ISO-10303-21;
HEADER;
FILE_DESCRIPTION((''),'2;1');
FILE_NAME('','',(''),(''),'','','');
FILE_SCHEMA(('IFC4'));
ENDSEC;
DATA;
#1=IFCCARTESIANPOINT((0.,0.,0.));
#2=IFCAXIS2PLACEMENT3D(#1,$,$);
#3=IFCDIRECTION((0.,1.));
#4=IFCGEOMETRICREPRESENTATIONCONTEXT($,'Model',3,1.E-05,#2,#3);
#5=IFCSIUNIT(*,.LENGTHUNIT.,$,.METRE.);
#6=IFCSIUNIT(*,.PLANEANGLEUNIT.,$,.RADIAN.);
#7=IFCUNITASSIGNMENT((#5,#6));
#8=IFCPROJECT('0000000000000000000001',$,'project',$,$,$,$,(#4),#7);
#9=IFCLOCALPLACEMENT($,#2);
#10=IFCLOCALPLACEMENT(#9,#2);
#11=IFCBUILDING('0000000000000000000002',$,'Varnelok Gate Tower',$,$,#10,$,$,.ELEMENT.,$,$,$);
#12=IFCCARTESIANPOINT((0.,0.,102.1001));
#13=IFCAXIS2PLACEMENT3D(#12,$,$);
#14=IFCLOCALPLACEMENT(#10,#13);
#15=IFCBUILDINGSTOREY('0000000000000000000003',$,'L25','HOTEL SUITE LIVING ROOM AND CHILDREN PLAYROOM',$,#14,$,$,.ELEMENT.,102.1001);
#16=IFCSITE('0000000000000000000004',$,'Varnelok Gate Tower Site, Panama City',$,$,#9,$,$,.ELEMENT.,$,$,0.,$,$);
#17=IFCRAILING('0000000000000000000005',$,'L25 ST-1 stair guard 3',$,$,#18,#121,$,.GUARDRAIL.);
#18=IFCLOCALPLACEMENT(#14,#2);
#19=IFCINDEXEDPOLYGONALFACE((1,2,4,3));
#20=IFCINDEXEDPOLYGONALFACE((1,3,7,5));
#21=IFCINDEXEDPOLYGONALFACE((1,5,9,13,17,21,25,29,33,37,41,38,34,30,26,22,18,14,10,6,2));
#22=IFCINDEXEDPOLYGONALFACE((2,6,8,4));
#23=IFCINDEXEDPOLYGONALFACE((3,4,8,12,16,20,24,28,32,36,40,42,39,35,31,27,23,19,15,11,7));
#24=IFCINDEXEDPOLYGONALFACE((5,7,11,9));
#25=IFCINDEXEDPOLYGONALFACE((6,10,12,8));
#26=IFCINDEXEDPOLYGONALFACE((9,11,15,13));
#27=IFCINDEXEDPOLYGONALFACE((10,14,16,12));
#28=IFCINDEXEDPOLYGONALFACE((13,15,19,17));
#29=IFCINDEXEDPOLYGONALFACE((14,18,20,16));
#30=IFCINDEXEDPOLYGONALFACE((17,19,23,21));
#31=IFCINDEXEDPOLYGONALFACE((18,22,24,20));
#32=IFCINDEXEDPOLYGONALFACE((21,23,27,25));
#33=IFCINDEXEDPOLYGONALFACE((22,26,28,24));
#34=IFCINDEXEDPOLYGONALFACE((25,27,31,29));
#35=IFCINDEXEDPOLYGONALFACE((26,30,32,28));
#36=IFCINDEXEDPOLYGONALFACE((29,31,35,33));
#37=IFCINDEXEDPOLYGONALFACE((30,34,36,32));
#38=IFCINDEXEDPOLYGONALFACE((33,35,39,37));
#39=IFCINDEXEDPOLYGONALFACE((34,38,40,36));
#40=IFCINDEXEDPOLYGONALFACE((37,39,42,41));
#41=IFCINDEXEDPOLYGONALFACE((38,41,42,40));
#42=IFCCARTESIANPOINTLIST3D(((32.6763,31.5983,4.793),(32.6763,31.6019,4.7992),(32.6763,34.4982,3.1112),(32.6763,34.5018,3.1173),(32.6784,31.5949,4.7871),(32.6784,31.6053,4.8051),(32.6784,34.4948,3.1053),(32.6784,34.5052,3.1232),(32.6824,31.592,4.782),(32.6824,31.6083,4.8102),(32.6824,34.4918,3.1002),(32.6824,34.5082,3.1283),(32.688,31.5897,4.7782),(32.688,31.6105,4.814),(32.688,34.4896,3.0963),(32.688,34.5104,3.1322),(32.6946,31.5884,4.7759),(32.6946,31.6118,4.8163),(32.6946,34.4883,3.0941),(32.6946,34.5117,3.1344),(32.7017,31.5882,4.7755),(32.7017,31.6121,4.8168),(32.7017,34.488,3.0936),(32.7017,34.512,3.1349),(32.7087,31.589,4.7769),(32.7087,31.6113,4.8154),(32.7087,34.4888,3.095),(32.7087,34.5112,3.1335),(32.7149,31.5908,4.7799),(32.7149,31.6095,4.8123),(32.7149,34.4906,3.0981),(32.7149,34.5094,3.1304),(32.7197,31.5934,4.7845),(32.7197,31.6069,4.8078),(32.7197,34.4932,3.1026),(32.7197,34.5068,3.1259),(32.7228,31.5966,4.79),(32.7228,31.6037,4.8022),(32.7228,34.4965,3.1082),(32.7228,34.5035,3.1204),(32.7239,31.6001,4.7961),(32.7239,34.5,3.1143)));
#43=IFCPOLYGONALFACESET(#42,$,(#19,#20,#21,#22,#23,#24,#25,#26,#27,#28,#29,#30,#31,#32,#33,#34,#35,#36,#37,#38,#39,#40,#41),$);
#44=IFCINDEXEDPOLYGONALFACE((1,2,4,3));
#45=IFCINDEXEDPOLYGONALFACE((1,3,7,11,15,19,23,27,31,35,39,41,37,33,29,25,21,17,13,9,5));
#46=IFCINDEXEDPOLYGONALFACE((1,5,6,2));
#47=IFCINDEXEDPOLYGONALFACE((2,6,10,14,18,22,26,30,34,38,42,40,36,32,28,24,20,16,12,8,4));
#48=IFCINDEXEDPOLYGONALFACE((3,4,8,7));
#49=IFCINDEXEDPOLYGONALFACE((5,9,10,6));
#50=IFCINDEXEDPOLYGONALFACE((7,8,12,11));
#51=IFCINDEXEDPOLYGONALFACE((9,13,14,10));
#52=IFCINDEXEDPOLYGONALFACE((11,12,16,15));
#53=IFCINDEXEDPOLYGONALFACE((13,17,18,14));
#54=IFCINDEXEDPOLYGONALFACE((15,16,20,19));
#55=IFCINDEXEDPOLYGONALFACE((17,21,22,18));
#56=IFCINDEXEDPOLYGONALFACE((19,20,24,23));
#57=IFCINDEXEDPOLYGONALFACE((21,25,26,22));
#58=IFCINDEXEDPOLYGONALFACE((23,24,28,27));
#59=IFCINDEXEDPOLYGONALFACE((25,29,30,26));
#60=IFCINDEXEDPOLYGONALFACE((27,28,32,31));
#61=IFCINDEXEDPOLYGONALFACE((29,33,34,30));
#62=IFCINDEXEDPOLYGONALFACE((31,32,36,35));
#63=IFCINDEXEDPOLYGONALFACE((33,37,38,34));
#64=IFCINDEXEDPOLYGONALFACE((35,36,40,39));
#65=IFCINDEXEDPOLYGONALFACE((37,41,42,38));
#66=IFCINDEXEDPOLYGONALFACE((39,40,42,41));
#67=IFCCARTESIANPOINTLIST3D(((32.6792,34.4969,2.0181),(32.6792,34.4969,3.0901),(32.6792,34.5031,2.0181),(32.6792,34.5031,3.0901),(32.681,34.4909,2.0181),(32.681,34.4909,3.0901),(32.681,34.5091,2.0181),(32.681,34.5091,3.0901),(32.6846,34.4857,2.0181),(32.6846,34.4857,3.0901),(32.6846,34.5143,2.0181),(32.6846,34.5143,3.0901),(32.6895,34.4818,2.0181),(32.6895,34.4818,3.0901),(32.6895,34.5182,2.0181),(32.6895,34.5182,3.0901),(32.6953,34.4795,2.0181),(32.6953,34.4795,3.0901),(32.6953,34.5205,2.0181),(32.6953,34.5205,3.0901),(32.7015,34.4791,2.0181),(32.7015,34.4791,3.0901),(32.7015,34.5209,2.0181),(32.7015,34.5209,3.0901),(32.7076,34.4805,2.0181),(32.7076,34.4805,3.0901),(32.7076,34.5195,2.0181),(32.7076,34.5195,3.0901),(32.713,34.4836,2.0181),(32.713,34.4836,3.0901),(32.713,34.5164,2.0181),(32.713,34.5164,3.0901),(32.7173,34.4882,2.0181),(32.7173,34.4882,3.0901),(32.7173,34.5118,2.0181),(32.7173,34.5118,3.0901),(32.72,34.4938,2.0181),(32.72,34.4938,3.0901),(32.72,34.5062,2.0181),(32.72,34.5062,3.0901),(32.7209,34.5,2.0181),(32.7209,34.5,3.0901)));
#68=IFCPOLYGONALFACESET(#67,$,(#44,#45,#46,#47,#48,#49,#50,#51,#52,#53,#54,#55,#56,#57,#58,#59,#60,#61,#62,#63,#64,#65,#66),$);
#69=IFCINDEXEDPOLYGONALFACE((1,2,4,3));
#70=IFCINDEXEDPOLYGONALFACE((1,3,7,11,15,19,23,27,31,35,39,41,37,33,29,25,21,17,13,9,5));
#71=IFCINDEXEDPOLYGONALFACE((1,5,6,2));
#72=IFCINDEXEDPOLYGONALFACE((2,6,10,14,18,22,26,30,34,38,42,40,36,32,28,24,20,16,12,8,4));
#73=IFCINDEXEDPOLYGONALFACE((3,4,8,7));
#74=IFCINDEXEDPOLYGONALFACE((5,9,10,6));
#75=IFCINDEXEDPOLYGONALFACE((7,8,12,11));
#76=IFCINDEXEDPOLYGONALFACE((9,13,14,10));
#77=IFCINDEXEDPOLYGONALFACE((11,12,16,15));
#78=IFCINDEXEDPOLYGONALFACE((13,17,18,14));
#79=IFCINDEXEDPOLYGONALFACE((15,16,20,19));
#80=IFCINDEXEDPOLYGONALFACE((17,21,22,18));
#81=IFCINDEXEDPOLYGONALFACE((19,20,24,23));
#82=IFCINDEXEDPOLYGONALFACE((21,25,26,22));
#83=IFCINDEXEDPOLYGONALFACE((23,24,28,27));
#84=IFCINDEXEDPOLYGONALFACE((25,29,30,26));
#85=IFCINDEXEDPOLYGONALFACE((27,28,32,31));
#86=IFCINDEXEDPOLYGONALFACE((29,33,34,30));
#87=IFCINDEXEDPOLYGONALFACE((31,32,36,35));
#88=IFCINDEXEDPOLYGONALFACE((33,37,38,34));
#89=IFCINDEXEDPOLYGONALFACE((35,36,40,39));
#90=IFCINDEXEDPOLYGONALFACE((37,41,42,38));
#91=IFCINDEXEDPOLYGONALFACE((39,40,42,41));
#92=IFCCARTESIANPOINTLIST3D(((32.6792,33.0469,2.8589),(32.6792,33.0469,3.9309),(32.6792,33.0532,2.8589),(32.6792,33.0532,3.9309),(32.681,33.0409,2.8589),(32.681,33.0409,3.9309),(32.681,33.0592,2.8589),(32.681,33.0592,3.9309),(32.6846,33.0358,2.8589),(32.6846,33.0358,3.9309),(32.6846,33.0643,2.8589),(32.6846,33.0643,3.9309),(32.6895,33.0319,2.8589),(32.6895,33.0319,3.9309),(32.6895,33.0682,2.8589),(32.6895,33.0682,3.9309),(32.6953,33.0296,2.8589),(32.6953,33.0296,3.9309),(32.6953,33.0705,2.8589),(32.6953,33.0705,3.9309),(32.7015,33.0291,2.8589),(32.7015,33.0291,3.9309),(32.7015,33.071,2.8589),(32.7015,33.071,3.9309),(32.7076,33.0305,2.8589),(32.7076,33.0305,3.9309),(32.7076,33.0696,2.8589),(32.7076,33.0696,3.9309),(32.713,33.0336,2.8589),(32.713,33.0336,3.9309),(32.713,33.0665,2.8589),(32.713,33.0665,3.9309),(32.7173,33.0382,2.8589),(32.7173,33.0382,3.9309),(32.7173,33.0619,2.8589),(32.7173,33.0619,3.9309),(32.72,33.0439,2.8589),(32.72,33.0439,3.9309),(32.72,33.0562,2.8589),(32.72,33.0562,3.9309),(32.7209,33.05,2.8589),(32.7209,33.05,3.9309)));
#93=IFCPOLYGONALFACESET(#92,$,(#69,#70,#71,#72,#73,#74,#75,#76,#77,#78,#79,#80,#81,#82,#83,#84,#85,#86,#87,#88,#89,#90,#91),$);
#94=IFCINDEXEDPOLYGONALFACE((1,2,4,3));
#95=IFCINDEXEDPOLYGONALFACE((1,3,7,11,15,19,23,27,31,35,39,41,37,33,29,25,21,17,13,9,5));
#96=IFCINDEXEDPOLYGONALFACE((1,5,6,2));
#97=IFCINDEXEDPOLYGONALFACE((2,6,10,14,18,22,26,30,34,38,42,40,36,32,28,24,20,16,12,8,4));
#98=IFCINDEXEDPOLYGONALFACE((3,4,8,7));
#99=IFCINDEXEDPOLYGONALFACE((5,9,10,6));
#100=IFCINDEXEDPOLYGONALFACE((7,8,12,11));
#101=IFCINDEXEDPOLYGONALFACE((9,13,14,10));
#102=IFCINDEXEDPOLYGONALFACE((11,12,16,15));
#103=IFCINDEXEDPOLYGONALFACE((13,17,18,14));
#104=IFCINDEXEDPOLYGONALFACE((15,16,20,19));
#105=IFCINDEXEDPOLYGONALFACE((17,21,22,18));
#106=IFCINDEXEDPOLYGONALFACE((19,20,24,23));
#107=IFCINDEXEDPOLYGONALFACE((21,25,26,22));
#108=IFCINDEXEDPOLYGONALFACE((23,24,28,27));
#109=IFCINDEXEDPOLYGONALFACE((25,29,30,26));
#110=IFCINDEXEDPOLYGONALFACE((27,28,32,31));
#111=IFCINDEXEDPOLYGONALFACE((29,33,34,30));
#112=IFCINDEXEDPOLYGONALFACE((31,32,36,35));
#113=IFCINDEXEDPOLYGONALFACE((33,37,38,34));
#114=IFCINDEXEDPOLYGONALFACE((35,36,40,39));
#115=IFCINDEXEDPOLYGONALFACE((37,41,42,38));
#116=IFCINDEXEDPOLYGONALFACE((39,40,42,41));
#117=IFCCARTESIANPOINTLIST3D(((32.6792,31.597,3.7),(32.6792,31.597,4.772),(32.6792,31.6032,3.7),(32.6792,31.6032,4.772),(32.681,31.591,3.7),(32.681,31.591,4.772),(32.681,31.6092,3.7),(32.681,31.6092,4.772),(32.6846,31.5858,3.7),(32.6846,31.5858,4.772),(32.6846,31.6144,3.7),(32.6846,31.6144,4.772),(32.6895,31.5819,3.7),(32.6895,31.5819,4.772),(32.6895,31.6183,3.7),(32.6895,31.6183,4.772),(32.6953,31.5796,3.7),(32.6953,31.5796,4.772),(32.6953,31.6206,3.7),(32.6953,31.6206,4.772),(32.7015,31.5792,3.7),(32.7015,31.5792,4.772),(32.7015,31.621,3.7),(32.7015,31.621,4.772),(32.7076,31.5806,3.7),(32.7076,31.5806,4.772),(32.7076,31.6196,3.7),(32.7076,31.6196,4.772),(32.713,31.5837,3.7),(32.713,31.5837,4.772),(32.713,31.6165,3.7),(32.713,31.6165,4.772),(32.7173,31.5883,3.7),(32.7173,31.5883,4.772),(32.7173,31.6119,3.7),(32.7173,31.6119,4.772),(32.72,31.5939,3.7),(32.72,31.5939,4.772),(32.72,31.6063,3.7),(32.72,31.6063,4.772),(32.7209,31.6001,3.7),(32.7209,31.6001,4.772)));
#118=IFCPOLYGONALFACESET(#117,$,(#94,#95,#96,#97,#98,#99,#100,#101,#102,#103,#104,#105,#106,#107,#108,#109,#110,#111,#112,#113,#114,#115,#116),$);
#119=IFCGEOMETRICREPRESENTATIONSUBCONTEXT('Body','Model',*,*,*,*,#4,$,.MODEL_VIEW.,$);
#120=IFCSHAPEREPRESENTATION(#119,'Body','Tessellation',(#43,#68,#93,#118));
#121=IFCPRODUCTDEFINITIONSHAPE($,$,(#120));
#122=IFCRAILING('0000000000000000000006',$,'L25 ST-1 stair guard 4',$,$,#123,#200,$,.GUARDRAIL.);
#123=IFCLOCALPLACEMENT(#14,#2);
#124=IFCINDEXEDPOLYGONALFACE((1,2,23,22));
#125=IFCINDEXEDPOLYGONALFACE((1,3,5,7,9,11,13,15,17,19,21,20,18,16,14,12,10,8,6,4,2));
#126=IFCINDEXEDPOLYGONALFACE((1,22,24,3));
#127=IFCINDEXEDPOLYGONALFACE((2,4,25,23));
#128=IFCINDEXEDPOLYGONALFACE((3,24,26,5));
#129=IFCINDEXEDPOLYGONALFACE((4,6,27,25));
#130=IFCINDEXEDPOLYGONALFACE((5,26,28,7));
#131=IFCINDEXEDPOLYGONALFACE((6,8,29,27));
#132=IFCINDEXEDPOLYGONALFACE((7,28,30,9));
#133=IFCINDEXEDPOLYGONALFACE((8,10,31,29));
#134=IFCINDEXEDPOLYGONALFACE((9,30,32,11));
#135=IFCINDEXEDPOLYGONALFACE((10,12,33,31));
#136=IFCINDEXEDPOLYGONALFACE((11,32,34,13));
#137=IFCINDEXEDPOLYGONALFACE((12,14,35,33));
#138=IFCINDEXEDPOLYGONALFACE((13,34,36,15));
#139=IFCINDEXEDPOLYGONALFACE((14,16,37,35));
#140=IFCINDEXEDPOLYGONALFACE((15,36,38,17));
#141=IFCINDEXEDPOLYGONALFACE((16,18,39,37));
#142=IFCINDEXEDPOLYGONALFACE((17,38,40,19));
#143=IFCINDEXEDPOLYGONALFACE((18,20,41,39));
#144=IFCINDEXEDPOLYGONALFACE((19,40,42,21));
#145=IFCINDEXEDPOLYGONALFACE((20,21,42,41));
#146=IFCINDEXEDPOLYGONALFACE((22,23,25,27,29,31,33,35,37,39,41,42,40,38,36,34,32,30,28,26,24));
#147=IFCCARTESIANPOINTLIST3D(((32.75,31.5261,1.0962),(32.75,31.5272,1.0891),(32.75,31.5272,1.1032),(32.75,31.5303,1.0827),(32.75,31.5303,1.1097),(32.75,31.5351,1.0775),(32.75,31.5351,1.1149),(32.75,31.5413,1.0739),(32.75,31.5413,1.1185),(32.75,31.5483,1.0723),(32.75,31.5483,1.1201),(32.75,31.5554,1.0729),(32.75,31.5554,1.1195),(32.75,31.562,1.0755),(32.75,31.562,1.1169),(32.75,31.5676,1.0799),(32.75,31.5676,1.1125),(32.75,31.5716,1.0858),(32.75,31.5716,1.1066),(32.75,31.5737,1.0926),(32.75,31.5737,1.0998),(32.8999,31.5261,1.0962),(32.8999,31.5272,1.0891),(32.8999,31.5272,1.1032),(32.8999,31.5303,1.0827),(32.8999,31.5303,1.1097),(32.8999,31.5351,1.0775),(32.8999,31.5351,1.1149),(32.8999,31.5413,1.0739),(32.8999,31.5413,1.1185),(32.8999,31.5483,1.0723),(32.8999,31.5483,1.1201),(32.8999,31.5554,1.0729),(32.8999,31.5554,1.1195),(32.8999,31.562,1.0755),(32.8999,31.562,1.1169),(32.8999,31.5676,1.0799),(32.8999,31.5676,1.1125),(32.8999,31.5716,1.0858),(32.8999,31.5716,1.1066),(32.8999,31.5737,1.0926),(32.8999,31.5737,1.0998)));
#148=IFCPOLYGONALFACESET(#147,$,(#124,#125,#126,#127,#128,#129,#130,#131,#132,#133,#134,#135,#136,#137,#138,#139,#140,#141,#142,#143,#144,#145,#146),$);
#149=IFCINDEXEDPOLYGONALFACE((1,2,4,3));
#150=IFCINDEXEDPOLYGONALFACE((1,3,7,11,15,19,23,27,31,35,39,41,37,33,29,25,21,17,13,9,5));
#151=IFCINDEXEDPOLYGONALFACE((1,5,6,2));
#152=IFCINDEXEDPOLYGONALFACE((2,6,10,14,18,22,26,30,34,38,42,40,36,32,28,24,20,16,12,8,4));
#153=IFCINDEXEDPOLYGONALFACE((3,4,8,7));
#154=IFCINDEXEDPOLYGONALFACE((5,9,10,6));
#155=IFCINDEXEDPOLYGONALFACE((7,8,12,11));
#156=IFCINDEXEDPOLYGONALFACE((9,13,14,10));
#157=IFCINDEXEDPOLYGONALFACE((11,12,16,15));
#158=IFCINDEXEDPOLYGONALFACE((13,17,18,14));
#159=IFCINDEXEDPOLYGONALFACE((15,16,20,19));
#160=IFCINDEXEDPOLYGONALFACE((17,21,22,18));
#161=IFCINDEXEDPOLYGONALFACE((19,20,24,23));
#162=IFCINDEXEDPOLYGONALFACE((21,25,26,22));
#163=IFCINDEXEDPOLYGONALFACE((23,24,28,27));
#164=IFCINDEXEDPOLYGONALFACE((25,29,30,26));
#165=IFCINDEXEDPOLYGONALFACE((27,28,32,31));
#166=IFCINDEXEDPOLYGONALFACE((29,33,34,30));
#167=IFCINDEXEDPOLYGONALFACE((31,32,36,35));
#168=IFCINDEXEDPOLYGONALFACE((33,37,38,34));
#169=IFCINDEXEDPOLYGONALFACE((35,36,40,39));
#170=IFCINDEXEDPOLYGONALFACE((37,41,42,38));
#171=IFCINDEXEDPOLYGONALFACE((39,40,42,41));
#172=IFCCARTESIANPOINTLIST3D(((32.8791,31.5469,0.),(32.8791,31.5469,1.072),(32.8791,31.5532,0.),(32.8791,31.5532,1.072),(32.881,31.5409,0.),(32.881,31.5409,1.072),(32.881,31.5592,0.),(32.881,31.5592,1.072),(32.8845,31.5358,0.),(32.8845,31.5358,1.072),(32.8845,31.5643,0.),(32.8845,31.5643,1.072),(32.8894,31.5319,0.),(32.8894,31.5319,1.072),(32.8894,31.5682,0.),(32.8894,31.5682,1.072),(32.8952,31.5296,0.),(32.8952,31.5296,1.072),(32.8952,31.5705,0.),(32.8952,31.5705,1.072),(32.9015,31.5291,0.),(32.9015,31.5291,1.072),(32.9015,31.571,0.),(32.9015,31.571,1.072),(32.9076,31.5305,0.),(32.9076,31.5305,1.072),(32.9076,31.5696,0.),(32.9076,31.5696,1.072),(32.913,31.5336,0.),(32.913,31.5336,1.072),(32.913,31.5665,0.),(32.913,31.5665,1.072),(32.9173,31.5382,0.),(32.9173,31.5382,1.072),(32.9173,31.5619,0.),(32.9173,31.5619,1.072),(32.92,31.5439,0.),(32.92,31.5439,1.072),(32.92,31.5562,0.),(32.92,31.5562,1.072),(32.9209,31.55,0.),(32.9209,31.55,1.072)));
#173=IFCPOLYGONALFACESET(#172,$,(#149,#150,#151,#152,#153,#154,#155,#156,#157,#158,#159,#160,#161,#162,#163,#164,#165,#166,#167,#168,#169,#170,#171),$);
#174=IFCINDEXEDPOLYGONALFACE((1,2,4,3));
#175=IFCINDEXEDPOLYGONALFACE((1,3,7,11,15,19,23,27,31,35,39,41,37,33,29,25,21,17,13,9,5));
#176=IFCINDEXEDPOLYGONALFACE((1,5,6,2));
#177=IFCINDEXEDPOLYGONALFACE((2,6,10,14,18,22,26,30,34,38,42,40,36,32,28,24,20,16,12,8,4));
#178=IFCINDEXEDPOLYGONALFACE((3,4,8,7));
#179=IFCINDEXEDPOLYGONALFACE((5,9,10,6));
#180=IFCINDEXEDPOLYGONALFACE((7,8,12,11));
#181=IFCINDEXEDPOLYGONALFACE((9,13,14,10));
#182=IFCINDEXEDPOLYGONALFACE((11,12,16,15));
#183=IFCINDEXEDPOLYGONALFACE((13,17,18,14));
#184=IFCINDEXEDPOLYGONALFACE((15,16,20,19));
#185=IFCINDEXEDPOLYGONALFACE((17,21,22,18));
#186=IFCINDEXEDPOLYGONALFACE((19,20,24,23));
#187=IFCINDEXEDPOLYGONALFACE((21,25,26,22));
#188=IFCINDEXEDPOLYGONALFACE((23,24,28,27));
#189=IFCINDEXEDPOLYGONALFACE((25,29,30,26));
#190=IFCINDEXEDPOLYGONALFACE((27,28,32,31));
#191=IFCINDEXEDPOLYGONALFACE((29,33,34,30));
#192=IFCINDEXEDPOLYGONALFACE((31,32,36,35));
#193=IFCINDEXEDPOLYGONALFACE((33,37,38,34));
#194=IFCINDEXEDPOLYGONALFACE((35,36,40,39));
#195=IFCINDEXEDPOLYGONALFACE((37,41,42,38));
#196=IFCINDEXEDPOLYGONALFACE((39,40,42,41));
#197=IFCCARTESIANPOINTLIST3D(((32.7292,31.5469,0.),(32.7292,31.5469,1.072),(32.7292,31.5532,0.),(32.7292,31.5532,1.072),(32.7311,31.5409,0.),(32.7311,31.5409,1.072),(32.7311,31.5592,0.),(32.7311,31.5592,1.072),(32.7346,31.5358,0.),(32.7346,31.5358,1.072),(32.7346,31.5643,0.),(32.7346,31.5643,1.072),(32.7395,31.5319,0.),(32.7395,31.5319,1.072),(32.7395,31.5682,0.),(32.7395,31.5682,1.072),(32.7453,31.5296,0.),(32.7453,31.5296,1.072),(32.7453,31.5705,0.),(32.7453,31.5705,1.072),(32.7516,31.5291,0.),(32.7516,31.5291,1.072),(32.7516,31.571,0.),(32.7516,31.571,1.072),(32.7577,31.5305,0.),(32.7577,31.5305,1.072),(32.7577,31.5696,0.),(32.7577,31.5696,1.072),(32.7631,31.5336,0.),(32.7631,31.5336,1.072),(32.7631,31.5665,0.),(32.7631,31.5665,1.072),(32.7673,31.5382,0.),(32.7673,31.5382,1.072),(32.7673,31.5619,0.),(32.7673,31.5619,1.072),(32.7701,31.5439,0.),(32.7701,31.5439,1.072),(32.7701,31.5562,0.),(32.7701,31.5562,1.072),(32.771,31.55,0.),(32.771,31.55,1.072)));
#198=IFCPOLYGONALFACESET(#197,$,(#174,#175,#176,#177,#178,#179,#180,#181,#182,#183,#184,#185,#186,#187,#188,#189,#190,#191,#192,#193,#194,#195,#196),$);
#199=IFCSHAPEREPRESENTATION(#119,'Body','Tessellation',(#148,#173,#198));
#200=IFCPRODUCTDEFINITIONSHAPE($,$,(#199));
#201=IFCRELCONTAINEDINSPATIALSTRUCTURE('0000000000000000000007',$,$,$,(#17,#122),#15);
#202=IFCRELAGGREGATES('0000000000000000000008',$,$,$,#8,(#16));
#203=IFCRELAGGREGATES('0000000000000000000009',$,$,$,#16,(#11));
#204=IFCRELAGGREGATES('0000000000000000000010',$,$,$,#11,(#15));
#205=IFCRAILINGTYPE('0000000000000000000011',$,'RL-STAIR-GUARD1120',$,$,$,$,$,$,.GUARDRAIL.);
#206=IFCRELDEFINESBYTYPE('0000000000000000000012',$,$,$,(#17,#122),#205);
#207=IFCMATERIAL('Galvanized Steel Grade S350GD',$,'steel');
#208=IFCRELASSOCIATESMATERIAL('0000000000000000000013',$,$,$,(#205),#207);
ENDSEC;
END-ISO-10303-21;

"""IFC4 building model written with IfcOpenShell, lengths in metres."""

from ifc_helpers import new_model, si_unit, direction, frame, origin, origin_2d, place, context, subcontext, project, spatial, circle, extrude, material, type_object, element, save


model = new_model("IFC4")

# Units and contexts
model_context = context("Model", 3, precision=1e-05, world=origin(), true_north=direction((0.0, 1.0)))
body_context = subcontext(model_context, "Body", "Model", "MODEL_VIEW")
ifc_project = project(units=[si_unit("LENGTHUNIT", "METRE"), si_unit("PLANEANGLEUNIT", "RADIAN")], contexts=[model_context])

# Site, building, storey
site_placement = place(None, origin())
site = spatial("IfcSite", under=ifc_project, at=site_placement, Name="Varnelok Gate Tower Site, Panama City", CompositionType="ELEMENT", RefElevation=0.0)
building_placement = place(site_placement, origin())
building = spatial("IfcBuilding", under=site, at=building_placement, Name="Varnelok Gate Tower", CompositionType="ELEMENT")
storey_placement = place(building_placement, frame((0.0, 0.0, 102.1001)))
storey = spatial("IfcBuildingStorey", under=building, at=storey_placement, Name="L25", Description="HOTEL SUITE LIVING ROOM AND CHILDREN PLAYROOM", CompositionType="ELEMENT", Elevation=102.1001)

# Shared definitions
ifc_material_1 = material(Name="Galvanized Steel Grade S350GD", Category="steel")

# Railings
railing_type_1 = type_object("IfcRailingType", Name="RL-STAIR-GUARD1120", PredefinedType="GUARDRAIL", material=ifc_material_1)
railing_1_placement = place(storey_placement, frame((32.7, 34.5, 2.0181)))
element("IfcRailing", 1, at=railing_1_placement, inside=storey, type_object=railing_type_1, Name="L25 ST-1 stair guard 3", PredefinedType="GUARDRAIL", context=body_context, shape_type="SweptSolid", body=[
    extrude(circle(Radius=0.0239, at=origin_2d()), frame((0.0, 0.0, 1.0962), z_axis=(0.0, -0.865039, 0.501705), x_axis=(1.0, 0.0, 0.0)), (0.0, 0.0, 1.0), 3.3523),
    extrude(circle(Radius=0.021, at=origin_2d()), origin(), (0.0, 0.0, 1.0), 1.072),
    extrude(circle(Radius=0.021, at=origin_2d()), frame((0.0, -1.45, 0.8408)), (0.0, 0.0, 1.0), 1.072),
    extrude(circle(Radius=0.021, at=origin_2d()), frame((0.0, -2.8999, 1.6819)), (0.0, 0.0, 1.0), 1.072),
])
railing_2_placement = place(storey_placement, frame((32.8999, 31.55, 0.0)))
element("IfcRailing", 2, at=railing_2_placement, inside=storey, type_object=railing_type_1, Name="L25 ST-1 stair guard 4", PredefinedType="GUARDRAIL", context=body_context, shape_type="SweptSolid", body=[
    extrude(circle(Radius=0.0239, at=origin_2d()), frame((0.0, 0.0, 1.0962), z_axis=(-1.0, 0.0, 0.0), x_axis=(0.0, -1.0, 0.0)), (0.0, 0.0, 1.0), 0.1499),
    extrude(circle(Radius=0.021, at=origin_2d()), origin(), (0.0, 0.0, 1.0), 1.072),
    extrude(circle(Radius=0.021, at=origin_2d()), frame((-0.1499, 0.0, 0.0)), (0.0, 0.0, 1.0), 1.072),
])

save(model, "model.ifc")
